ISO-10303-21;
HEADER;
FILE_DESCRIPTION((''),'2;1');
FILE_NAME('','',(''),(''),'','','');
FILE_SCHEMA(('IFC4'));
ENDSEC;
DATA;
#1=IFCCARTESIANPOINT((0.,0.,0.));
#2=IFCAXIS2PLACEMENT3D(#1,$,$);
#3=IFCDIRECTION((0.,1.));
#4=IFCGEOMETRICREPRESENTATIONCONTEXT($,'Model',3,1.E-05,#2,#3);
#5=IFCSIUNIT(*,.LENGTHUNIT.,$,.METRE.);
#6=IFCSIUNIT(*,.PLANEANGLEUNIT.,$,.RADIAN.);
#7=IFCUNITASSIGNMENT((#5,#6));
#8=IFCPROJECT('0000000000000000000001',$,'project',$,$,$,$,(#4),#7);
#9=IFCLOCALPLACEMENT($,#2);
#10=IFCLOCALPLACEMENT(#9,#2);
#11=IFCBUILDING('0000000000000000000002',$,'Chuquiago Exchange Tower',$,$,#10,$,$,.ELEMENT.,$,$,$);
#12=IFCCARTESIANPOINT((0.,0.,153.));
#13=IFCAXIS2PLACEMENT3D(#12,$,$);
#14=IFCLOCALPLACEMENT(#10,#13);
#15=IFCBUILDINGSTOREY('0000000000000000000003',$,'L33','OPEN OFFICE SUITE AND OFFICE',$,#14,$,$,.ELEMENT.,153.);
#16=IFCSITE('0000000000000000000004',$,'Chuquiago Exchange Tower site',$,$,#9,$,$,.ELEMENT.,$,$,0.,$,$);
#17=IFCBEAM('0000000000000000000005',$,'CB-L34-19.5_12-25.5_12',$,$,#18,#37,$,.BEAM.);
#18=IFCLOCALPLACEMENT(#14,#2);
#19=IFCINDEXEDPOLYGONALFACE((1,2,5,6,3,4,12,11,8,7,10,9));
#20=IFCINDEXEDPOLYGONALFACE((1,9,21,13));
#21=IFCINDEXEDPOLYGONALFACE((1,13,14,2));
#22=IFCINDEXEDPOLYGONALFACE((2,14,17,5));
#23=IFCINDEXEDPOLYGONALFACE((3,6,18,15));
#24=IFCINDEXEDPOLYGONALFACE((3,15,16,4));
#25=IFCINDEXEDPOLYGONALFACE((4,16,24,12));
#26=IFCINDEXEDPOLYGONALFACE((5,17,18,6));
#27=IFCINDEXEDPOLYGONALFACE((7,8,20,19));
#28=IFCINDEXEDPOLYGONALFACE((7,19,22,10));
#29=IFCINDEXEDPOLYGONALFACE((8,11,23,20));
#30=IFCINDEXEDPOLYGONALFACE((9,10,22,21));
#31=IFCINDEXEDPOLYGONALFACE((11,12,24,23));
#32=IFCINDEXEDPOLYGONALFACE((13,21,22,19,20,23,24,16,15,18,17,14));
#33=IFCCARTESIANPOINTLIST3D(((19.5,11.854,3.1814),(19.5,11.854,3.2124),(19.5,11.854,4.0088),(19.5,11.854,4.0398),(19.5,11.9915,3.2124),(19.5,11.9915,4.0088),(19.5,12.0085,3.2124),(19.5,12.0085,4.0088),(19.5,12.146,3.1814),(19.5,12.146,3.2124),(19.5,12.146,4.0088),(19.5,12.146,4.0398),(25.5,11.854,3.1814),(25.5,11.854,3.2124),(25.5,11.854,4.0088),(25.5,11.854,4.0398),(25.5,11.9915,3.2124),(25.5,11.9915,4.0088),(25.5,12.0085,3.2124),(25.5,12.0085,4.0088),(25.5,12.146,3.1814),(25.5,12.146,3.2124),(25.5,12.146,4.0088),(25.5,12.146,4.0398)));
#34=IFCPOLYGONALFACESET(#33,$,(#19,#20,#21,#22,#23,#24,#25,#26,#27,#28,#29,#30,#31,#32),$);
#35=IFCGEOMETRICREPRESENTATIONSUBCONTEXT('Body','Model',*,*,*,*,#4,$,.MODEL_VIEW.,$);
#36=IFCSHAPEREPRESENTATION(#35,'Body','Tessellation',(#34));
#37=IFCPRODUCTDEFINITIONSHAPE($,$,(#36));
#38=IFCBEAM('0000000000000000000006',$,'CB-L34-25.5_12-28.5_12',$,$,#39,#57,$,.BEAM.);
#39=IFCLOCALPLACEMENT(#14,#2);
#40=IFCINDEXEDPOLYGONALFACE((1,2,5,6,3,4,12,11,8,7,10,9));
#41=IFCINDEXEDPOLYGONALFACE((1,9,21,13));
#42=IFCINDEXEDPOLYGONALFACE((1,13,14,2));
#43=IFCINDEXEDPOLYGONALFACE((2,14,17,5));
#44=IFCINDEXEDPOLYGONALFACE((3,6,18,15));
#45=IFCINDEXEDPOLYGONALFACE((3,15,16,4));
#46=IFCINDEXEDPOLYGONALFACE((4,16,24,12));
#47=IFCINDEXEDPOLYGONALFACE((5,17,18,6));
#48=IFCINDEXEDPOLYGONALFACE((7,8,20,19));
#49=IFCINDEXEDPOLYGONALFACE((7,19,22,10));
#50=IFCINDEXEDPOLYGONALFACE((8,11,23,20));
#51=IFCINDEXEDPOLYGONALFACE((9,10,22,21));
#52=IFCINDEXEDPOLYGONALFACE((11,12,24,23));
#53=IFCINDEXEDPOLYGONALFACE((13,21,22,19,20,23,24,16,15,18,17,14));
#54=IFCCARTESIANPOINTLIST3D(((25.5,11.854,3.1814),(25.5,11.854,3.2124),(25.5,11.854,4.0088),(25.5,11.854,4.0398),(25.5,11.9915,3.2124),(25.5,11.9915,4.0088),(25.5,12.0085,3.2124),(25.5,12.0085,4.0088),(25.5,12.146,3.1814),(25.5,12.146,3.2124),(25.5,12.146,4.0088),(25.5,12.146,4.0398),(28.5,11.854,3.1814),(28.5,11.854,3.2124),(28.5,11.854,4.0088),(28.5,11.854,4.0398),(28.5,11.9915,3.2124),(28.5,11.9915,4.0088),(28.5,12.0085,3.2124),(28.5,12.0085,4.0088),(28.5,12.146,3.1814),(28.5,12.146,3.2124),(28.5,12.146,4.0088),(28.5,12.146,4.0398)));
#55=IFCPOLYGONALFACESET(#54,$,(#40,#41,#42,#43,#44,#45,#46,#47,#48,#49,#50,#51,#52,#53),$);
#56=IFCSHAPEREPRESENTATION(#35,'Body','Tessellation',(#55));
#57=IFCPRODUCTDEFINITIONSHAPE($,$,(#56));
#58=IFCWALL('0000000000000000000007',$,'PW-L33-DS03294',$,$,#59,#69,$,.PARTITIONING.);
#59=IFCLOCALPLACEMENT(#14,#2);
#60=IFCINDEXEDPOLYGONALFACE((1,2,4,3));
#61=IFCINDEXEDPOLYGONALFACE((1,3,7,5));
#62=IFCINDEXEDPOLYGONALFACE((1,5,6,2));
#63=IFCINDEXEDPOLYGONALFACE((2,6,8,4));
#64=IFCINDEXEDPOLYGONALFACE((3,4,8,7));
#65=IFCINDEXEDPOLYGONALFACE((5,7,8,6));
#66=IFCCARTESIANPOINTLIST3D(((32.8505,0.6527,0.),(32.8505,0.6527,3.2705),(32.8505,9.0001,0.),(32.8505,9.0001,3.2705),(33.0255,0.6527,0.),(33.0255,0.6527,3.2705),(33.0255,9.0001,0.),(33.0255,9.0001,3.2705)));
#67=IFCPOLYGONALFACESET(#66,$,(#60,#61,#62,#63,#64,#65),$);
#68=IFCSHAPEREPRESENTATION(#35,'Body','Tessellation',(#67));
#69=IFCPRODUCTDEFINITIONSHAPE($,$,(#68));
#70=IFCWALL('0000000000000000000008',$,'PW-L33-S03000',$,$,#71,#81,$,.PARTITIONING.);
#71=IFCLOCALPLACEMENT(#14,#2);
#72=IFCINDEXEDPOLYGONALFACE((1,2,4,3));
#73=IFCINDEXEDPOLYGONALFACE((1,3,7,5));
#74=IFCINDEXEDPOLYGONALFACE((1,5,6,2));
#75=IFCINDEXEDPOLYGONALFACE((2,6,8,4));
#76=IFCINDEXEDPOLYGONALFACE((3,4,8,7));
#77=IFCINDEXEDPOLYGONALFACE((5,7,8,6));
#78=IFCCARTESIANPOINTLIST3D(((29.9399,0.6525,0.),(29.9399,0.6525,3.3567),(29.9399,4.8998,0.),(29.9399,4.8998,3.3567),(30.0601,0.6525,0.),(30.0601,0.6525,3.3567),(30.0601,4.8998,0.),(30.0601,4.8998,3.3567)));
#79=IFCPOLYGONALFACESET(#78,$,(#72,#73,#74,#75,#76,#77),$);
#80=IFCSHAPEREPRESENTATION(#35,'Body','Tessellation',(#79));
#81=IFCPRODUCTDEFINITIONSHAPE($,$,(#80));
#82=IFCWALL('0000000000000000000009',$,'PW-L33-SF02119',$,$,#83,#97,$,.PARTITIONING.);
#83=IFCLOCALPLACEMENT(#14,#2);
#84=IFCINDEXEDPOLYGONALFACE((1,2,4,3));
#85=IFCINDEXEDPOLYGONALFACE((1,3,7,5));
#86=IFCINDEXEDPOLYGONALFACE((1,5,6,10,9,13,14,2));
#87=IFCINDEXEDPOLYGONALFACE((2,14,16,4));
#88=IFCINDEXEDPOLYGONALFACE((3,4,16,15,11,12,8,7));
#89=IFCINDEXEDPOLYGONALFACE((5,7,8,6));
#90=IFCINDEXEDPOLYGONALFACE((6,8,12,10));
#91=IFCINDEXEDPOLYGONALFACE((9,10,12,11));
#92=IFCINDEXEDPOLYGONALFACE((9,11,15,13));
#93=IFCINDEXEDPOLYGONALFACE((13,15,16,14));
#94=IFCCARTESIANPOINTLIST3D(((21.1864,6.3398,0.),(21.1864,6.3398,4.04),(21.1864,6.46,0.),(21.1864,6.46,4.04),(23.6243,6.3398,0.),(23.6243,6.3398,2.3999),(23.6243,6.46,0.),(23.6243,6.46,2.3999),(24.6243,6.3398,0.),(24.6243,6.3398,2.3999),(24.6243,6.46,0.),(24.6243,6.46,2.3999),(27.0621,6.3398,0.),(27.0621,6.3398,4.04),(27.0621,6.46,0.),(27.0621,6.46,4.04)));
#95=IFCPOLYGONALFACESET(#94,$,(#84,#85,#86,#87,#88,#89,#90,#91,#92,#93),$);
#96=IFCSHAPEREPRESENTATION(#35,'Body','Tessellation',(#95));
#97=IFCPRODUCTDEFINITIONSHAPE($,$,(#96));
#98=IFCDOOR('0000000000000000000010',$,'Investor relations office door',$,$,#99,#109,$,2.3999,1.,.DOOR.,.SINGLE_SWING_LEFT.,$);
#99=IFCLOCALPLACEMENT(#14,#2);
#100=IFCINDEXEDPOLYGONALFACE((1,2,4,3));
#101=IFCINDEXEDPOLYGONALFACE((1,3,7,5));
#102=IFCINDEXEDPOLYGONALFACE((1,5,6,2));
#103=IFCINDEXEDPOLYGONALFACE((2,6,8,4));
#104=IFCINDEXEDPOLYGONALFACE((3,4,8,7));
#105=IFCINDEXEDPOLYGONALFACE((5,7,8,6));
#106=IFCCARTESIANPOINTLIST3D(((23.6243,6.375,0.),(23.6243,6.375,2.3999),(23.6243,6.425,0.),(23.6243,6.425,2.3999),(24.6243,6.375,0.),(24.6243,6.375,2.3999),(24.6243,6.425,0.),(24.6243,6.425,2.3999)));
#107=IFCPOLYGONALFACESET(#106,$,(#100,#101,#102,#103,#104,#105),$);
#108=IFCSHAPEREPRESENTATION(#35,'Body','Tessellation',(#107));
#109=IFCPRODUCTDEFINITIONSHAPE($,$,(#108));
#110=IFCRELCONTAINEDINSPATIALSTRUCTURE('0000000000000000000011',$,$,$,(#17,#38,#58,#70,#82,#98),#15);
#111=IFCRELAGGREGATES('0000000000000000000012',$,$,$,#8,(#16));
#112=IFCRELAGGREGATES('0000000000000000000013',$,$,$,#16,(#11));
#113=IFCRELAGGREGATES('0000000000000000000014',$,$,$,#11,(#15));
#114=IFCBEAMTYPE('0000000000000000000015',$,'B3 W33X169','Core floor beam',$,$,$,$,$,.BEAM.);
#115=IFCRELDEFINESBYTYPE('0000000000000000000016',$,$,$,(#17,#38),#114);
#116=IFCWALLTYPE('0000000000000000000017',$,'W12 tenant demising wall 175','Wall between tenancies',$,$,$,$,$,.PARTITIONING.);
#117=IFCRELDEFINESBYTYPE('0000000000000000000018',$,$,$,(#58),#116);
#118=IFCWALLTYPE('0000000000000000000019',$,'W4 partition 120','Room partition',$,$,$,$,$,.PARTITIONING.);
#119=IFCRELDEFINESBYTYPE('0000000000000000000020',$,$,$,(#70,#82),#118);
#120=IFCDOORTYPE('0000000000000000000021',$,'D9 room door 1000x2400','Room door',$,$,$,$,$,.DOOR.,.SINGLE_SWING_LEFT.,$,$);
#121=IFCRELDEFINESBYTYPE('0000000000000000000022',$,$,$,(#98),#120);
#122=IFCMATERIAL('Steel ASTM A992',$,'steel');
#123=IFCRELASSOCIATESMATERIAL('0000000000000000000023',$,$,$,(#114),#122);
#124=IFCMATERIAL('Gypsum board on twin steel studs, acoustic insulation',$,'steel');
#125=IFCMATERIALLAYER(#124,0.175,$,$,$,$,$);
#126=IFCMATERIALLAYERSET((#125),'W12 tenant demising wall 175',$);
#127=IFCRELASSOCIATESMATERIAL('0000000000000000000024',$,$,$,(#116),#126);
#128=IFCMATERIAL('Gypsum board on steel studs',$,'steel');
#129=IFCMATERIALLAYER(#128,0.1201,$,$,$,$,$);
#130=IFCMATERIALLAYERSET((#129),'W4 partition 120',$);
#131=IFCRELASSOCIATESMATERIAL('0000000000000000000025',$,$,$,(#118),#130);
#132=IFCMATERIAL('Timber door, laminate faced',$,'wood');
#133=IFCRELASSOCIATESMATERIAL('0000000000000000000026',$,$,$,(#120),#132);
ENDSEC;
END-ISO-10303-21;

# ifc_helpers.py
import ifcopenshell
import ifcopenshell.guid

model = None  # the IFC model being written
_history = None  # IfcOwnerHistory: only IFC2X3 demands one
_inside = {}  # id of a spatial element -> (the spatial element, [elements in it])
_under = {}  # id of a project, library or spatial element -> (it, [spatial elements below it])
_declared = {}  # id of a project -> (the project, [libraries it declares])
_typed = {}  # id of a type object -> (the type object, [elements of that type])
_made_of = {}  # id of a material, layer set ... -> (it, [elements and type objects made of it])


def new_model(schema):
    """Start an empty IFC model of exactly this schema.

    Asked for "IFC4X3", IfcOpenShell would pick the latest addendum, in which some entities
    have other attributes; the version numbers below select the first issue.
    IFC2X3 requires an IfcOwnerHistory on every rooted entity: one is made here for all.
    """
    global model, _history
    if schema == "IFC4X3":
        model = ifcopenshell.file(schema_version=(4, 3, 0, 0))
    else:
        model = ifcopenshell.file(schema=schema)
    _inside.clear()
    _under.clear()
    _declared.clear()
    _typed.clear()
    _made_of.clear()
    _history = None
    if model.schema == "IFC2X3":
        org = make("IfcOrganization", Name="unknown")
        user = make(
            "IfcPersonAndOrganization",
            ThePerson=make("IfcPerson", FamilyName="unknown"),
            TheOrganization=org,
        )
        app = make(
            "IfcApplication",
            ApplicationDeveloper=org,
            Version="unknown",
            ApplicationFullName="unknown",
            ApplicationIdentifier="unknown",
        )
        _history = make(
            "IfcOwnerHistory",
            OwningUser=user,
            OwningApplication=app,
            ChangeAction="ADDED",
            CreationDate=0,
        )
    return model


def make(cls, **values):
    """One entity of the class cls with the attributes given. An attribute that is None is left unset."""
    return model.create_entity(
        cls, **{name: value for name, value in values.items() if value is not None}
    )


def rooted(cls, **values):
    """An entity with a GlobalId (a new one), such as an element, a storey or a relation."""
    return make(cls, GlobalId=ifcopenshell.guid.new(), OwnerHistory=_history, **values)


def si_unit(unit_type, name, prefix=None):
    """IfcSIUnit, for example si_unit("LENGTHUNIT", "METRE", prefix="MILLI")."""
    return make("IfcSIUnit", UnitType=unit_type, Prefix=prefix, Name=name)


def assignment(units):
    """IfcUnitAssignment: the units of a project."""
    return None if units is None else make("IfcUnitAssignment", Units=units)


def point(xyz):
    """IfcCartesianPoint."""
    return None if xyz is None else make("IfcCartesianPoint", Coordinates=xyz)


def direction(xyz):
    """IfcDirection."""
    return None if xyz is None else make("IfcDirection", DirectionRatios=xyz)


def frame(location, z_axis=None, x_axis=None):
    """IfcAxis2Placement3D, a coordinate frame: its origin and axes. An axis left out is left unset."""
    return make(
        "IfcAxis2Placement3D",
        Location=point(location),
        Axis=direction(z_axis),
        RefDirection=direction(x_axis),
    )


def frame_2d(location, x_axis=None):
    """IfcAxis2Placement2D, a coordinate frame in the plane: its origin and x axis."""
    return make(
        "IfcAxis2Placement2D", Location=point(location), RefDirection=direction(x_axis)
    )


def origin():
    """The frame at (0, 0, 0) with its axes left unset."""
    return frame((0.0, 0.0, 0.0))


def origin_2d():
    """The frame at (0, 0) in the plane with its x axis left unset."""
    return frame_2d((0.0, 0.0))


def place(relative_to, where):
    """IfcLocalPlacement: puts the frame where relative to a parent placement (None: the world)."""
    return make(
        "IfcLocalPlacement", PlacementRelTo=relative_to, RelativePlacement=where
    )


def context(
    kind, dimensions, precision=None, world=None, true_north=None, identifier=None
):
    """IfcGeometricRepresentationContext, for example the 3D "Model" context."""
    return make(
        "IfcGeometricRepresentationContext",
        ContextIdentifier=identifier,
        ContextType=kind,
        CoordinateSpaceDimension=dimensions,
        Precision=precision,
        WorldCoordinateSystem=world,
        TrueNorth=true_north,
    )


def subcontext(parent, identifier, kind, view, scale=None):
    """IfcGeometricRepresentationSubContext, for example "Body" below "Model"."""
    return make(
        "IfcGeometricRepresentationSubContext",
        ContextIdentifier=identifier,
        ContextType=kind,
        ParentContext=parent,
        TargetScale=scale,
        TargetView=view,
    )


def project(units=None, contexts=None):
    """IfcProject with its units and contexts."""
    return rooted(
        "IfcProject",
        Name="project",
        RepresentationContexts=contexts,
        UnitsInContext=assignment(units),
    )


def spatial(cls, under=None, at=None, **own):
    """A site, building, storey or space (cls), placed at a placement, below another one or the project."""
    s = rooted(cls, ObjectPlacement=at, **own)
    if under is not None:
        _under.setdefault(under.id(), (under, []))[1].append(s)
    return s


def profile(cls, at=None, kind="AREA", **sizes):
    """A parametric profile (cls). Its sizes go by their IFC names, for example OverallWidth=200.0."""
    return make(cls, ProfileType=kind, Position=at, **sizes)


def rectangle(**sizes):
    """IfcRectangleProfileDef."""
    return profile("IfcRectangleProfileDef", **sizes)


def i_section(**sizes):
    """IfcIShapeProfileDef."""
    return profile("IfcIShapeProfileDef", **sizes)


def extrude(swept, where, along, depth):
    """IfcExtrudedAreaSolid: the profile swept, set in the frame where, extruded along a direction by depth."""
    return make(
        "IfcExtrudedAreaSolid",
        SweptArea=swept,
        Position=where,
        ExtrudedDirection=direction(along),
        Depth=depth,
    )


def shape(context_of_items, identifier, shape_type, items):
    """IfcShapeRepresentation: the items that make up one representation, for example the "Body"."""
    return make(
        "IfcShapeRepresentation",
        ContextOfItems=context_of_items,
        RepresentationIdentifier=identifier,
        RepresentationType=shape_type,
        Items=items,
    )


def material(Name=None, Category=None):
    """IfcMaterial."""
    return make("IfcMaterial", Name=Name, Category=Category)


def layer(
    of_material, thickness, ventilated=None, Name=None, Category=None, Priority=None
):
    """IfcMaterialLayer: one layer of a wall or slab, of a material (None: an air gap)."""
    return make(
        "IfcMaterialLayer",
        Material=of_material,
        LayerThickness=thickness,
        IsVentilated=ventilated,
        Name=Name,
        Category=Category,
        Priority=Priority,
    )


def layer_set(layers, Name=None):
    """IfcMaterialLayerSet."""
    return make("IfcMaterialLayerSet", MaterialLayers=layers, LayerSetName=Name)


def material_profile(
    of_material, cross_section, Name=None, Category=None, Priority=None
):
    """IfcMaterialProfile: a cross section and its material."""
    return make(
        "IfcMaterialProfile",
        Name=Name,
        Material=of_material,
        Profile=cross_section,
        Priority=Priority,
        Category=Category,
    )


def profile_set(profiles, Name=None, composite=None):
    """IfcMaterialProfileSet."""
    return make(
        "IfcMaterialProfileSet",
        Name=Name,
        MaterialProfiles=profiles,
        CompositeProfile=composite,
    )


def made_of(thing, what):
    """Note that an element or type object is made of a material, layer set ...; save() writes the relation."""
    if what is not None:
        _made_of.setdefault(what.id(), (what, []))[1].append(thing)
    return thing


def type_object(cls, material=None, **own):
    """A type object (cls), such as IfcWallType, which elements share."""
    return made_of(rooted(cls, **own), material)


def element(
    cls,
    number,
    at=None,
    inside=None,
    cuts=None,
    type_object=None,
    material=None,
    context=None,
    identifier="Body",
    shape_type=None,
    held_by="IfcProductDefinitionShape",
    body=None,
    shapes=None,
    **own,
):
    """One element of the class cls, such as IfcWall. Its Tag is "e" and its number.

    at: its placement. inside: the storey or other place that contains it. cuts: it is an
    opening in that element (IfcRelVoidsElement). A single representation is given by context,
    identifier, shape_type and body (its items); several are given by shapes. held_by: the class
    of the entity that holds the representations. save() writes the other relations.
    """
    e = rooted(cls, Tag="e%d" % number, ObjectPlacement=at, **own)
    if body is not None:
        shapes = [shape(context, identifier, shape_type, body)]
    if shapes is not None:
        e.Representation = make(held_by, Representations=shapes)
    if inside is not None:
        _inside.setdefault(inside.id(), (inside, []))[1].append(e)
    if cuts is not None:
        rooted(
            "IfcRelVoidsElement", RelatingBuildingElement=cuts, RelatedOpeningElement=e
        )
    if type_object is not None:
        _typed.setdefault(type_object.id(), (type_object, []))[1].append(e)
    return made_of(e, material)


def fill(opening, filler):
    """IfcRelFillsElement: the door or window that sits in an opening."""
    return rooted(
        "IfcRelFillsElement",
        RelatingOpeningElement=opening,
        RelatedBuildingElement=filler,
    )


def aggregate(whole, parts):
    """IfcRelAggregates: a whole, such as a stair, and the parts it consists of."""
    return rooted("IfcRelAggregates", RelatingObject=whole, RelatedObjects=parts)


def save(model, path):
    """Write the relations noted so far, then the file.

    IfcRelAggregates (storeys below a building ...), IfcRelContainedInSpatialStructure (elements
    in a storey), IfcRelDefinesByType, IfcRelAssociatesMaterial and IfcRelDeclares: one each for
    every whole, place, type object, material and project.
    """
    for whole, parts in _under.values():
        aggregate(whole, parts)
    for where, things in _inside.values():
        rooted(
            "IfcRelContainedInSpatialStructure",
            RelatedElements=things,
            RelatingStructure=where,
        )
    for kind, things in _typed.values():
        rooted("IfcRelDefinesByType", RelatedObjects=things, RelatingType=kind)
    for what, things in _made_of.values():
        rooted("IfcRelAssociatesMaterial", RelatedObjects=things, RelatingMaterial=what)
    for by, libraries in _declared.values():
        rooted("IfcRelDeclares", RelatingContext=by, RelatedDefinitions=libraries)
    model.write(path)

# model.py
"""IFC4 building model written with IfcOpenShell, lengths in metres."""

from ifc_helpers import new_model, si_unit, direction, frame, frame_2d, origin, origin_2d, place, context, subcontext, project, spatial, rectangle, i_section, extrude, material, layer, layer_set, material_profile, profile_set, type_object, element, fill, save


model = new_model("IFC4")

# Units and contexts
model_context = context("Model", 3, precision=1e-05, world=origin(), true_north=direction((0.0, 1.0)))
body_context = subcontext(model_context, "Body", "Model", "MODEL_VIEW")
ifc_project = project(units=[si_unit("LENGTHUNIT", "METRE"), si_unit("PLANEANGLEUNIT", "RADIAN")], contexts=[model_context])

# Site, building, storey
site_placement = place(None, origin())
site = spatial("IfcSite", under=ifc_project, at=site_placement, Name="Chuquiago Exchange Tower site", CompositionType="ELEMENT", RefElevation=0.0)
building_placement = place(site_placement, origin())
building = spatial("IfcBuilding", under=site, at=building_placement, Name="Chuquiago Exchange Tower", CompositionType="ELEMENT")
storey_placement = place(building_placement, frame((0.0, 0.0, 153.0)))
storey = spatial("IfcBuildingStorey", under=building, at=storey_placement, Name="L33", Description="OPEN OFFICE SUITE AND OFFICE", CompositionType="ELEMENT", Elevation=153.0)

# Beams
ifc_material_1 = material(Name="Steel ASTM A992", Category="steel")
ifc_material_profile_1 = material_profile(ifc_material_1, i_section(OverallWidth=0.292, OverallDepth=0.8584, WebThickness=0.0171, FlangeThickness=0.031, at=origin_2d()), Name="W33X169")
ifc_profile_set_1 = profile_set([ifc_material_profile_1], Name="Steel ASTM A992")
beam_type_1 = type_object("IfcBeamType", Name="B3 W33X169", Description="Core floor beam", PredefinedType="BEAM", material=ifc_profile_set_1)
beam_1_placement = place(storey_placement, frame((19.5, 12.0, 3.6106), z_axis=(1.0, 0.0, 0.0), x_axis=(0.0, 1.0, 0.0)))
element("IfcBeam", 1, at=beam_1_placement, inside=storey, type_object=beam_type_1, Name="CB-L34-19.5_12-25.5_12", PredefinedType="BEAM", context=body_context, shape_type="SweptSolid", body=[
    extrude(i_section(OverallWidth=0.292, OverallDepth=0.8584, WebThickness=0.0171, FlangeThickness=0.031, at=origin_2d()), origin(), (0.0, 0.0, 1.0), 6.0),
])
beam_2_placement = place(storey_placement, frame((25.5, 12.0, 3.6106), z_axis=(1.0, 0.0, 0.0), x_axis=(0.0, 1.0, 0.0)))
element("IfcBeam", 2, at=beam_2_placement, inside=storey, type_object=beam_type_1, Name="CB-L34-25.5_12-28.5_12", PredefinedType="BEAM", context=body_context, shape_type="SweptSolid", body=[
    extrude(i_section(OverallWidth=0.292, OverallDepth=0.8584, WebThickness=0.0171, FlangeThickness=0.031, at=origin_2d()), origin(), (0.0, 0.0, 1.0), 3.0),
])

# Walls
ifc_material_2 = material(Name="Gypsum board on twin steel studs, acoustic insulation", Category="steel")
ifc_layer_1 = layer(ifc_material_2, 0.175)
ifc_layer_set_1 = layer_set([ifc_layer_1], Name="W12 tenant demising wall 175")
wall_type_1 = type_object("IfcWallType", Name="W12 tenant demising wall 175", Description="Wall between tenancies", PredefinedType="PARTITIONING", material=ifc_layer_set_1)
wall_1_placement = place(storey_placement, frame((32.938, 0.6526, 0.0), z_axis=(0.0, 0.0, 1.0), x_axis=(0.0, 1.0, 0.0)))
element("IfcWall", 3, at=wall_1_placement, inside=storey, type_object=wall_type_1, Name="PW-L33-DS03294", PredefinedType="PARTITIONING", context=body_context, shape_type="SweptSolid", body=[
    extrude(rectangle(XDim=8.3474, YDim=0.175, at=frame_2d((4.1738, 0.0))), origin(), (0.0, 0.0, 1.0), 3.2705),
])
ifc_material_3 = material(Name="Gypsum board on steel studs", Category="steel")
ifc_layer_2 = layer(ifc_material_3, 0.1201)
ifc_layer_set_2 = layer_set([ifc_layer_2], Name="W4 partition 120")
wall_type_2 = type_object("IfcWallType", Name="W4 partition 120", Description="Room partition", PredefinedType="PARTITIONING", material=ifc_layer_set_2)
wall_2_placement = place(storey_placement, frame((30.0, 0.6526, 0.0), z_axis=(0.0, 0.0, 1.0), x_axis=(0.0, 1.0, 0.0)))
element("IfcWall", 4, at=wall_2_placement, inside=storey, type_object=wall_type_2, Name="PW-L33-S03000", PredefinedType="PARTITIONING", context=body_context, shape_type="SweptSolid", body=[
    extrude(rectangle(XDim=4.2473, YDim=0.1201, at=frame_2d((2.1235, 0.0))), origin(), (0.0, 0.0, 1.0), 3.3567),
])

# Wall, opening, door
wall_3_placement = place(storey_placement, frame((21.1863, 6.3999, 0.0), z_axis=(0.0, 0.0, 1.0), x_axis=(1.0, 0.0, 0.0)))
wall_3 = element("IfcWall", 5, at=wall_3_placement, inside=storey, type_object=wall_type_2, Name="PW-L33-SF02119", PredefinedType="PARTITIONING", context=body_context, shape_type="SweptSolid", body=[
    extrude(rectangle(XDim=5.8757, YDim=0.1201, at=frame_2d((2.938, 0.0))), origin(), (0.0, 0.0, 1.0), 4.04),
])
opening_1_placement = place(wall_3_placement, frame((2.438, 0.0, 0.0)))
opening_1 = element("IfcOpeningElement", 6, at=opening_1_placement, cuts=wall_3, PredefinedType="OPENING", context=body_context, shape_type="SweptSolid", body=[
    extrude(rectangle(XDim=1.0, YDim=2.3999, at=frame_2d((0.5, 1.2))), frame((0.0, 0.0701, 0.0), z_axis=(0.0, -1.0, 0.0), x_axis=(1.0, 0.0, 0.0)), (0.0, 0.0, 1.0), 0.1401),
])
ifc_material_4 = material(Name="Timber door, laminate faced", Category="wood")
door_type = type_object("IfcDoorType", Name="D9 room door 1000x2400", Description="Room door", OperationType="SINGLE_SWING_LEFT", PredefinedType="DOOR", material=ifc_material_4)
door_1_placement = place(opening_1_placement, frame((1.0, 0.0, 0.0), z_axis=(0.0, 0.0, 1.0), x_axis=(-1.0, 0.0, 0.0)))
door_1 = element("IfcDoor", 7, at=door_1_placement, inside=storey, type_object=door_type, Name="Investor relations office door", OperationType="SINGLE_SWING_LEFT", OverallHeight=2.3999, OverallWidth=1.0, PredefinedType="DOOR", context=body_context, shape_type="SweptSolid", body=[
    extrude(rectangle(XDim=1.0, YDim=2.3999, at=frame_2d((0.5, 1.2))), frame((0.0, 0.0249, 0.0), z_axis=(0.0, -1.0, 0.0), x_axis=(1.0, 0.0, 0.0)), (0.0, 0.0, 1.0), 0.05),
])
fill(opening_1, door_1)

save(model, "model.ifc")
